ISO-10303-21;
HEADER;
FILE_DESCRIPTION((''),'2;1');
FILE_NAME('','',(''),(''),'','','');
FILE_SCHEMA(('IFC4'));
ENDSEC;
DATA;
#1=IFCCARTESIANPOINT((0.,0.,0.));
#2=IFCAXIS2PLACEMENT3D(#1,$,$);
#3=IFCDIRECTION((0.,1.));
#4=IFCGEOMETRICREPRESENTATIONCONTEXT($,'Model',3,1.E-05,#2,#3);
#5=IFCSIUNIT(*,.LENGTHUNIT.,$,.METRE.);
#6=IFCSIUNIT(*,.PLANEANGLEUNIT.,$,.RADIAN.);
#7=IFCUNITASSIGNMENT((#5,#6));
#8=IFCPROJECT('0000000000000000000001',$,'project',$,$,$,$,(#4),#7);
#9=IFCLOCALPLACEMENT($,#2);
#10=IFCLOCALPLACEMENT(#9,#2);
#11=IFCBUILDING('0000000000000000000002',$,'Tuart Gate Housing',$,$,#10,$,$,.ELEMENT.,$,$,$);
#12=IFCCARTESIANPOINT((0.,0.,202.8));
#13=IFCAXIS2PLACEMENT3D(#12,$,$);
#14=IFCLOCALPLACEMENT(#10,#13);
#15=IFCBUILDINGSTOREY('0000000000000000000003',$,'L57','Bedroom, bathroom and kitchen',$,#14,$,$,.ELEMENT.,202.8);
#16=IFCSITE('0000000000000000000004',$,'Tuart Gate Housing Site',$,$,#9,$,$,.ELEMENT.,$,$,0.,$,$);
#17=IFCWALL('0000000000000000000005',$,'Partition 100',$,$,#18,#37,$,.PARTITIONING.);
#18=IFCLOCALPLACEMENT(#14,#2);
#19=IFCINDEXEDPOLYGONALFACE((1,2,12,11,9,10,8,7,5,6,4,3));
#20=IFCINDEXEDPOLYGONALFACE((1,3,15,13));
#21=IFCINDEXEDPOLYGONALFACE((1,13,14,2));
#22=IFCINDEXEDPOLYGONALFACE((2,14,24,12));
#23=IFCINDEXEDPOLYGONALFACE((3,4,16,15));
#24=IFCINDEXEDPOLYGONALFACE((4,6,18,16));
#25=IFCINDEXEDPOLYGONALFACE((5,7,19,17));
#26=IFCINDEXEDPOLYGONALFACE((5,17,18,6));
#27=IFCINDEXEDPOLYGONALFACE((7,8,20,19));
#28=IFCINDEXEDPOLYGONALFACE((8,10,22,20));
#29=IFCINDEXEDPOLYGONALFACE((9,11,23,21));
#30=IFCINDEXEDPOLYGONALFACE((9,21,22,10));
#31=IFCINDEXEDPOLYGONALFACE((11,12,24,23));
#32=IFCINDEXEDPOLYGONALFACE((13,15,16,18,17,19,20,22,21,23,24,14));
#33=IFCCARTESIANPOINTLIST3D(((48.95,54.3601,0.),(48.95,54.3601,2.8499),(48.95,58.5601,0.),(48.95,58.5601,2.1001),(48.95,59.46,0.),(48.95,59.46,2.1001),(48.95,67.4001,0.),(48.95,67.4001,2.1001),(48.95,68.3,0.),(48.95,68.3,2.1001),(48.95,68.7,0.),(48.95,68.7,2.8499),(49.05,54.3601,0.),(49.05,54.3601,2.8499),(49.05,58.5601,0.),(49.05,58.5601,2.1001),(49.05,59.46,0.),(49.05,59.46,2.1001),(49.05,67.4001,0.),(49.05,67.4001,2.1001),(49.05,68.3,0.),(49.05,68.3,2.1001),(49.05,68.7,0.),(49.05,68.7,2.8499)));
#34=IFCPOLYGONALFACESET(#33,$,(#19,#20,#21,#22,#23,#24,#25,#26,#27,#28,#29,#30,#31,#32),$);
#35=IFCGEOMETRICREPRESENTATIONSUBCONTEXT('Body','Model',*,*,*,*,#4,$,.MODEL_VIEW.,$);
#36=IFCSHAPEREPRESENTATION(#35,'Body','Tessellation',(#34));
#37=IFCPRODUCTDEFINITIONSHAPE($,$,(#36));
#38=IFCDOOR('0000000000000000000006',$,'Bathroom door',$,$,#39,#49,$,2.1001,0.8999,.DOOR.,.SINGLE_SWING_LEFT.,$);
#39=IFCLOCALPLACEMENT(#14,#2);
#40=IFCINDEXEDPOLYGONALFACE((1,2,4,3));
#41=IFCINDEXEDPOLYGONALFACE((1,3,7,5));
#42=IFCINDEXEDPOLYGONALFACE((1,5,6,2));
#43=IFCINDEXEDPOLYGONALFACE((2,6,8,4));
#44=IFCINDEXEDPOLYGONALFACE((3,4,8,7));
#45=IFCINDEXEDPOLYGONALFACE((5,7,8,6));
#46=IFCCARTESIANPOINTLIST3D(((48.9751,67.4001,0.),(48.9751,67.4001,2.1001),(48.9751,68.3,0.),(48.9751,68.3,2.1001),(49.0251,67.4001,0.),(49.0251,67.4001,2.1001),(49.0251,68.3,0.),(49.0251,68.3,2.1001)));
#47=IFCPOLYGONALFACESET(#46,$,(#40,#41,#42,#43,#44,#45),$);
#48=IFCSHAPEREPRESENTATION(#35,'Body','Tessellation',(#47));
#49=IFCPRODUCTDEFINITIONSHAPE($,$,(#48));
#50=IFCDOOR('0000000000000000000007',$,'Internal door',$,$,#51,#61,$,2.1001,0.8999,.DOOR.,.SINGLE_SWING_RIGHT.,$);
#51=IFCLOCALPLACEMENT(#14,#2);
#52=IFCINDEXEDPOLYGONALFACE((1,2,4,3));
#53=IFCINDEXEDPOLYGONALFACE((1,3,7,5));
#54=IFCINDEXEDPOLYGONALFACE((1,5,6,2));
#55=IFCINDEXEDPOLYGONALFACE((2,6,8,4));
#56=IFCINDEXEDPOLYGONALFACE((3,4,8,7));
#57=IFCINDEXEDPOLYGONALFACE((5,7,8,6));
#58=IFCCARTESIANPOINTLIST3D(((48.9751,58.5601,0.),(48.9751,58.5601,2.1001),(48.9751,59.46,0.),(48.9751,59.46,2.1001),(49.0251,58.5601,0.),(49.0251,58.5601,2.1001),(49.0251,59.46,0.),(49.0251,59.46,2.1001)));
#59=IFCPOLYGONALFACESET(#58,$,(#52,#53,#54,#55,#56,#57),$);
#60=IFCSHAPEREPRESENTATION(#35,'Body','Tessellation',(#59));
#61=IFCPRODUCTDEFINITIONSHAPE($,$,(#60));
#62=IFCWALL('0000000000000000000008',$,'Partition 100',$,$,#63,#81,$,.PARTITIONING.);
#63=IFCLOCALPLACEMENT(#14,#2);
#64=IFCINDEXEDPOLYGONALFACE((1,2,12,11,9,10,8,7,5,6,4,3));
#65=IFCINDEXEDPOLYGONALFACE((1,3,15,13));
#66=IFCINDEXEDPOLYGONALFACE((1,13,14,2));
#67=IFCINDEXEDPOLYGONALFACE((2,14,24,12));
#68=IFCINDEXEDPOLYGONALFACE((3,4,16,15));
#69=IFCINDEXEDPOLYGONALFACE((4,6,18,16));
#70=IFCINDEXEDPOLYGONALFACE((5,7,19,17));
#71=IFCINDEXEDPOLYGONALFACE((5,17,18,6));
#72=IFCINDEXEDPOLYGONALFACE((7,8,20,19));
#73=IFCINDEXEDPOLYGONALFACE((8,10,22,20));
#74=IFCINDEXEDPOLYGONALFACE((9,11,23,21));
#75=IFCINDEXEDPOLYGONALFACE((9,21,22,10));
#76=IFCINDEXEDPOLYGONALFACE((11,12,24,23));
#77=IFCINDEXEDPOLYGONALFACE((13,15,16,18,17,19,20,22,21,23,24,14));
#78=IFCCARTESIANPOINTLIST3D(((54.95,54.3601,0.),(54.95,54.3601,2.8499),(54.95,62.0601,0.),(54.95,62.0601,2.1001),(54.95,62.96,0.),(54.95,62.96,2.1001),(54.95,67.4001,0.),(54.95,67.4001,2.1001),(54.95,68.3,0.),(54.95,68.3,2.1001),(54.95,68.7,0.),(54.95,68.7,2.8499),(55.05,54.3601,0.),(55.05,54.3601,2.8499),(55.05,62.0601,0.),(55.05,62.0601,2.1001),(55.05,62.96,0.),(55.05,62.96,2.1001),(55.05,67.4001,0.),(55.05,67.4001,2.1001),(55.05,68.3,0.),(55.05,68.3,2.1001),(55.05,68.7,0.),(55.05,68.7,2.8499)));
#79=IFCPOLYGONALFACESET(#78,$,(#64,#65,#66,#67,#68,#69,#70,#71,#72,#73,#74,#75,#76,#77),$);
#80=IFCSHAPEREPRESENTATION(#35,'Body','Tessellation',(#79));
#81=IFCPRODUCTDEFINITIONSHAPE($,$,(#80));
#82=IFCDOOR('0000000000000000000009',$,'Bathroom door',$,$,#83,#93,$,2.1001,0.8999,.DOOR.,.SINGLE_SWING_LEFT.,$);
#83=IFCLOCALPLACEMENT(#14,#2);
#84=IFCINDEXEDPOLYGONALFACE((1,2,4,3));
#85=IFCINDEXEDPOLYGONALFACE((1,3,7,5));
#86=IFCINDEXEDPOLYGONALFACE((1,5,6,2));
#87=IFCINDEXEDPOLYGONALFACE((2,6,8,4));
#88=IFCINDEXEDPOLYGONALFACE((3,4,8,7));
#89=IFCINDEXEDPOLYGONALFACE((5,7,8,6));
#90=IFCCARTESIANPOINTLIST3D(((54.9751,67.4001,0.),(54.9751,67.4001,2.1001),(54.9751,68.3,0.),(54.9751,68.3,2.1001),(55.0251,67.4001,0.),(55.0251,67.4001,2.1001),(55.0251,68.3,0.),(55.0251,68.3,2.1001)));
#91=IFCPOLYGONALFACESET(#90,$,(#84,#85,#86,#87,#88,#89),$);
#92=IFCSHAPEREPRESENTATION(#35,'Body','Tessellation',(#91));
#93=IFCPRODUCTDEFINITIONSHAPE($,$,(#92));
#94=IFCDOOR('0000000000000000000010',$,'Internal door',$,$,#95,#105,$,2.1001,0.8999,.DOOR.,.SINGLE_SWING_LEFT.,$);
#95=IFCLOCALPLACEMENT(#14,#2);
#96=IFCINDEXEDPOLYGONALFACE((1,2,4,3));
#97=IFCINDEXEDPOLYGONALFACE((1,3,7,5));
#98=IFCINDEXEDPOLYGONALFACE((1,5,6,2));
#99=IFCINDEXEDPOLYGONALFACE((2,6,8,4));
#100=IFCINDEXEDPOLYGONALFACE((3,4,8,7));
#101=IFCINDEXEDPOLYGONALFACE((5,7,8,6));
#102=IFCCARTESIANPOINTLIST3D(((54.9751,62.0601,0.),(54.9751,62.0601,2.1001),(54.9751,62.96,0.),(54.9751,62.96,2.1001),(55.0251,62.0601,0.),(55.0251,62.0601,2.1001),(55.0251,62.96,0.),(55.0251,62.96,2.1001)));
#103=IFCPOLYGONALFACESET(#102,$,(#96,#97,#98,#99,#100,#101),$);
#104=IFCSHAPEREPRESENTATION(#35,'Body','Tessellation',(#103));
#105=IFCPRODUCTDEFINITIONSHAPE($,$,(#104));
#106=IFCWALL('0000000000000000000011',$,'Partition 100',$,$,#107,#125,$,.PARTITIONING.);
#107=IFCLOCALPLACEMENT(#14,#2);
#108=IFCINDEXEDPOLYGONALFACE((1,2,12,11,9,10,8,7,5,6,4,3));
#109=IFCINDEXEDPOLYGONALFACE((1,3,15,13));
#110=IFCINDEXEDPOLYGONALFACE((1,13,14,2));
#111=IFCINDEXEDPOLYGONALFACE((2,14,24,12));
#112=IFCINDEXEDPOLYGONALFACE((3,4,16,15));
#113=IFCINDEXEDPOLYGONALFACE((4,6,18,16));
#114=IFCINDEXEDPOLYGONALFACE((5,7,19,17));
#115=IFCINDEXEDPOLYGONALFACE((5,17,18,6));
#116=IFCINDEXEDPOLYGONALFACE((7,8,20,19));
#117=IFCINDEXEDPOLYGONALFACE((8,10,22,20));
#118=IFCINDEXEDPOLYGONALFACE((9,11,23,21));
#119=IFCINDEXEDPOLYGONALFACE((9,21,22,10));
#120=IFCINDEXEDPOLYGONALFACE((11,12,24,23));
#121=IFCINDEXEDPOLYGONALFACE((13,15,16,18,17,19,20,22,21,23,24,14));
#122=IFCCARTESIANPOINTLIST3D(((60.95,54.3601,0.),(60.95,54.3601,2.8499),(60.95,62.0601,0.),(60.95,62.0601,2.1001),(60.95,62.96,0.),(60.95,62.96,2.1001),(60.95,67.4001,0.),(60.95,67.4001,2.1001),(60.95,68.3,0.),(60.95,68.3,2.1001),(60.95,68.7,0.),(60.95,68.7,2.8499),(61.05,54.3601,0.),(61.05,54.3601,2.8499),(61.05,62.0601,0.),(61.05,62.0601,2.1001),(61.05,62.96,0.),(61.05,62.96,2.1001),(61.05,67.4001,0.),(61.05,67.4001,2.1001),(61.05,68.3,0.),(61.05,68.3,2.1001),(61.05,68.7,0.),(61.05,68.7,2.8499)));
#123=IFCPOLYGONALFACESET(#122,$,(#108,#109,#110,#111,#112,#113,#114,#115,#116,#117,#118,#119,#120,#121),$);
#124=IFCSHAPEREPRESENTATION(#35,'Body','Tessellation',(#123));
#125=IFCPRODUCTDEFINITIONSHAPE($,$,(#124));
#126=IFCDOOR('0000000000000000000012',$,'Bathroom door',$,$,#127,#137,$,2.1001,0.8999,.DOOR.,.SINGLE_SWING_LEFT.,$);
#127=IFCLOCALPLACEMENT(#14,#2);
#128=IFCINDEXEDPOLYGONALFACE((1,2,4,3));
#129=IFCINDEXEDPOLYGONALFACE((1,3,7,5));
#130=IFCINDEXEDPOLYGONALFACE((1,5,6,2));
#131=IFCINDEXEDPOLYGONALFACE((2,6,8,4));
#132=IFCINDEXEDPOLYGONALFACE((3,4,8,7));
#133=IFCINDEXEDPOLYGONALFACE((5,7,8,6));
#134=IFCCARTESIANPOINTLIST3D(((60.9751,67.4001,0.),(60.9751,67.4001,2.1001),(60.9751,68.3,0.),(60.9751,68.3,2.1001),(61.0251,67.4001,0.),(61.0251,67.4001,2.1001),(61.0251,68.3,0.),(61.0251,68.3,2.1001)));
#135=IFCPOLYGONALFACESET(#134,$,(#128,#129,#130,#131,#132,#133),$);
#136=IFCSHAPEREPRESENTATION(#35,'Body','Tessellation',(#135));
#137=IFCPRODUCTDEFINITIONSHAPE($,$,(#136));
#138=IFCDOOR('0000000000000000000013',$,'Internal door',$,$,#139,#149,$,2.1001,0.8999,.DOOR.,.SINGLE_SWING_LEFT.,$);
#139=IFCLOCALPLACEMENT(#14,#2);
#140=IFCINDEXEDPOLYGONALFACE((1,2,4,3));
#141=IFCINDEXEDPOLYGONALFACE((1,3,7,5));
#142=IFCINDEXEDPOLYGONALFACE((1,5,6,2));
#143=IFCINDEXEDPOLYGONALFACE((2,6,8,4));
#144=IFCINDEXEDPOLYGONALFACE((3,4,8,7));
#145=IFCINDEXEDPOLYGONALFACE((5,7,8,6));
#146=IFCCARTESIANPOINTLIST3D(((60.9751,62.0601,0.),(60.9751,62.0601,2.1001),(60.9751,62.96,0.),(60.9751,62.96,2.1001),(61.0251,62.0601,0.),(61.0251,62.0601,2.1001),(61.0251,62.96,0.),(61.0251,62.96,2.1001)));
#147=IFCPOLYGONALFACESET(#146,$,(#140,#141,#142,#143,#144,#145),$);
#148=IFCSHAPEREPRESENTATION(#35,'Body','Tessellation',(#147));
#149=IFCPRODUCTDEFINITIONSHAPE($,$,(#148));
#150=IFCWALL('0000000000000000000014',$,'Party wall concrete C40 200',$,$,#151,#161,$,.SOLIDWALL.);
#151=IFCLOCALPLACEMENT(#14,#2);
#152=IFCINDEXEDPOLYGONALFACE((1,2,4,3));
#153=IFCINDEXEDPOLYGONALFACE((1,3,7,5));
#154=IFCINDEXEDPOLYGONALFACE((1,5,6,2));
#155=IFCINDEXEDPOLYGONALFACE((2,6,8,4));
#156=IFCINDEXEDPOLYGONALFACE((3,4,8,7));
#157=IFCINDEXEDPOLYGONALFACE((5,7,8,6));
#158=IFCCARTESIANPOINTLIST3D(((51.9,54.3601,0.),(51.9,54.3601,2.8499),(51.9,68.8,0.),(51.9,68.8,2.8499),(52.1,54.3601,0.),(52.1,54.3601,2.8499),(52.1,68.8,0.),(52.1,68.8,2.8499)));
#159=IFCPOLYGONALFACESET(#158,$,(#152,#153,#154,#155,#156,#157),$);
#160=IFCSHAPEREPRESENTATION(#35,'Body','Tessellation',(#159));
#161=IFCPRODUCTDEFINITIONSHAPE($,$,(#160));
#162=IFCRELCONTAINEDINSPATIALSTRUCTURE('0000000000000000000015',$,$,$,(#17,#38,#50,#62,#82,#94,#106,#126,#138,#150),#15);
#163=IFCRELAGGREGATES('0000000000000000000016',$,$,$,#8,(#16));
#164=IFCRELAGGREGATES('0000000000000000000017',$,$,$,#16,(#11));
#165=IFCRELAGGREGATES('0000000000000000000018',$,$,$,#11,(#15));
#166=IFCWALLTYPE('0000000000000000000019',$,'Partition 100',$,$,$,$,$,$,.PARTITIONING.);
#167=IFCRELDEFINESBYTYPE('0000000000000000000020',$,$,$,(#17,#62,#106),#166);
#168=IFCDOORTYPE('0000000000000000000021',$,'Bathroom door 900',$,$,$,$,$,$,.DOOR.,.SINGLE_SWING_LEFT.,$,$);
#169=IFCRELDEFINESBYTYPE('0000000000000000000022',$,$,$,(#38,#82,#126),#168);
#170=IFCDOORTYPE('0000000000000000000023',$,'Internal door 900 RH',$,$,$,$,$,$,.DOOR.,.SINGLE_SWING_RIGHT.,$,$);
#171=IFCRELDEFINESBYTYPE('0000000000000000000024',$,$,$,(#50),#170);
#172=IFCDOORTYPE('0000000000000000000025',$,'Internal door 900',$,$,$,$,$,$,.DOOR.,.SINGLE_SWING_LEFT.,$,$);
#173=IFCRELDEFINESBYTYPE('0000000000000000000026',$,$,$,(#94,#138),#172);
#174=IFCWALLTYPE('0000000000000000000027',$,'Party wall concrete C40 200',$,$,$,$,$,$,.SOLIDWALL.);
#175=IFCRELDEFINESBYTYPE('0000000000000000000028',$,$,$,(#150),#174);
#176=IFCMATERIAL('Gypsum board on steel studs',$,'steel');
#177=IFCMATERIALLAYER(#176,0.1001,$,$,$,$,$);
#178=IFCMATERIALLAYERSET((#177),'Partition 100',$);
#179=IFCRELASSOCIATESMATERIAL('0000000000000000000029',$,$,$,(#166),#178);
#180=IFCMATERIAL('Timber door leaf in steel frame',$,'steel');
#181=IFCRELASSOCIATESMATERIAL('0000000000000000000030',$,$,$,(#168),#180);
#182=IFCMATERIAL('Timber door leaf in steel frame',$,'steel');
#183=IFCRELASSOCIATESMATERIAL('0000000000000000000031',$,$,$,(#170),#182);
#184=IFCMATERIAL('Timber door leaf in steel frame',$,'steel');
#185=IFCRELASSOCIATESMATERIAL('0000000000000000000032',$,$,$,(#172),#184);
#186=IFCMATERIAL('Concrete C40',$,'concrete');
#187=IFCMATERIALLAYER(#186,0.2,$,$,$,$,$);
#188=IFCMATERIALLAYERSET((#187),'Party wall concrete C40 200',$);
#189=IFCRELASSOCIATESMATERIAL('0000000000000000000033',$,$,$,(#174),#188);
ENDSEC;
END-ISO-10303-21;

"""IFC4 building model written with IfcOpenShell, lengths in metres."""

from ifc_helpers import new_model, si_unit, direction, frame, frame_2d, origin, place, context, subcontext, project, spatial, rectangle, extrude, material, layer, layer_set, type_object, element, fill, save


model = new_model("IFC4")

# Units and contexts
model_context = context("Model", 3, precision=1e-05, world=origin(), true_north=direction((0.0, 1.0)))
body_context = subcontext(model_context, "Body", "Model", "MODEL_VIEW")
ifc_project = project(units=[si_unit("LENGTHUNIT", "METRE"), si_unit("PLANEANGLEUNIT", "RADIAN")], contexts=[model_context])

# Site, building, storey
site_placement = place(None, origin())
site = spatial("IfcSite", under=ifc_project, at=site_placement, Name="Tuart Gate Housing Site", CompositionType="ELEMENT", RefElevation=0.0)
building_placement = place(site_placement, origin())
building = spatial("IfcBuilding", under=site, at=building_placement, Name="Tuart Gate Housing", CompositionType="ELEMENT")
storey_placement = place(building_placement, frame((0.0, 0.0, 202.8)))
storey = spatial("IfcBuildingStorey", under=building, at=storey_placement, Name="L57", Description="Bedroom, bathroom and kitchen", CompositionType="ELEMENT", Elevation=202.8)

# Walls, openings, doors
ifc_material_1 = material(Name="Gypsum board on steel studs", Category="steel")
ifc_layer_1 = layer(ifc_material_1, 0.1001)
ifc_layer_set_1 = layer_set([ifc_layer_1], Name="Partition 100")
wall_type_1 = type_object("IfcWallType", Name="Partition 100", PredefinedType="PARTITIONING", material=ifc_layer_set_1)
wall_1_placement = place(storey_placement, frame((49.0, 54.3601, 0.0), z_axis=(0.0, 0.0, 1.0), x_axis=(0.0, 1.0, 0.0)))
wall_1 = element("IfcWall", 1, at=wall_1_placement, inside=storey, type_object=wall_type_1, Name="Partition 100", PredefinedType="PARTITIONING", context=body_context, shape_type="SweptSolid", body=[
    extrude(rectangle(XDim=14.3398, YDim=0.1001, at=frame_2d((7.1699, 0.0))), origin(), (0.0, 0.0, 1.0), 2.8499),
])
opening_1_placement = place(wall_1_placement, frame((4.2, 0.0, 0.0)))
opening_1 = element("IfcOpeningElement", 2, at=opening_1_placement, cuts=wall_1, PredefinedType="OPENING", context=body_context, shape_type="SweptSolid", body=[
    extrude(rectangle(XDim=0.8999, YDim=2.1001, at=frame_2d((0.45, 1.05))), frame((0.0, 0.0601, 0.0), z_axis=(0.0, -1.0, 0.0), x_axis=(1.0, 0.0, 0.0)), (0.0, 0.0, 1.0), 0.1201),
])
opening_2_placement = place(wall_1_placement, frame((13.04, 0.0, 0.0)))
opening_2 = element("IfcOpeningElement", 3, at=opening_2_placement, cuts=wall_1, PredefinedType="OPENING", context=body_context, shape_type="SweptSolid", body=[
    extrude(rectangle(XDim=0.8999, YDim=2.1001, at=frame_2d((0.45, 1.05))), frame((0.0, 0.0601, 0.0), z_axis=(0.0, -1.0, 0.0), x_axis=(1.0, 0.0, 0.0)), (0.0, 0.0, 1.0), 0.1201),
])
ifc_material_2 = material(Name="Timber door leaf in steel frame", Category="steel")
door_type_1 = type_object("IfcDoorType", Name="Bathroom door 900", OperationType="SINGLE_SWING_LEFT", PredefinedType="DOOR", material=ifc_material_2)
door_1_placement = place(opening_2_placement, frame((0.8999, 0.0, 0.0), z_axis=(0.0, 0.0, 1.0), x_axis=(-1.0, 0.0, 0.0)))
door_1 = element("IfcDoor", 4, at=door_1_placement, inside=storey, type_object=door_type_1, Name="Bathroom door", OperationType="SINGLE_SWING_LEFT", OverallHeight=2.1001, OverallWidth=0.8999, PredefinedType="DOOR", context=body_context, shape_type="SweptSolid", body=[
    extrude(rectangle(XDim=0.8999, YDim=2.1001, at=frame_2d((0.45, 1.05))), frame((0.0, 0.0251, 0.0), z_axis=(0.0, -1.0, 0.0), x_axis=(1.0, 0.0, 0.0)), (0.0, 0.0, 1.0), 0.05),
])
fill(opening_2, door_1)
ifc_material_3 = material(Name="Timber door leaf in steel frame", Category="steel")
door_type_2 = type_object("IfcDoorType", Name="Internal door 900 RH", OperationType="SINGLE_SWING_RIGHT", PredefinedType="DOOR", material=ifc_material_3)
door_2_placement = place(opening_1_placement, frame((0.8999, 0.0, 0.0), z_axis=(0.0, 0.0, 1.0), x_axis=(-1.0, 0.0, 0.0)))
door_2 = element("IfcDoor", 5, at=door_2_placement, inside=storey, type_object=door_type_2, Name="Internal door", OperationType="SINGLE_SWING_RIGHT", OverallHeight=2.1001, OverallWidth=0.8999, PredefinedType="DOOR", context=body_context, shape_type="SweptSolid", body=[
    extrude(rectangle(XDim=0.8999, YDim=2.1001, at=frame_2d((0.45, 1.05))), frame((0.0, 0.0251, 0.0), z_axis=(0.0, -1.0, 0.0), x_axis=(1.0, 0.0, 0.0)), (0.0, 0.0, 1.0), 0.05),
])
fill(opening_1, door_2)
wall_2_placement = place(storey_placement, frame((55.0, 54.3601, 0.0), z_axis=(0.0, 0.0, 1.0), x_axis=(0.0, 1.0, 0.0)))
wall_2 = element("IfcWall", 6, at=wall_2_placement, inside=storey, type_object=wall_type_1, Name="Partition 100", PredefinedType="PARTITIONING", context=body_context, shape_type="SweptSolid", body=[
    extrude(rectangle(XDim=14.3398, YDim=0.1001, at=frame_2d((7.1699, 0.0))), origin(), (0.0, 0.0, 1.0), 2.8499),
])
opening_3_placement = place(wall_2_placement, frame((7.7, 0.0, 0.0)))
opening_3 = element("IfcOpeningElement", 7, at=opening_3_placement, cuts=wall_2, PredefinedType="OPENING", context=body_context, shape_type="SweptSolid", body=[
    extrude(rectangle(XDim=0.8999, YDim=2.1001, at=frame_2d((0.45, 1.05))), frame((0.0, 0.0601, 0.0), z_axis=(0.0, -1.0, 0.0), x_axis=(1.0, 0.0, 0.0)), (0.0, 0.0, 1.0), 0.1201),
])
opening_4_placement = place(wall_2_placement, frame((13.04, 0.0, 0.0)))
opening_4 = element("IfcOpeningElement", 8, at=opening_4_placement, cuts=wall_2, PredefinedType="OPENING", context=body_context, shape_type="SweptSolid", body=[
    extrude(rectangle(XDim=0.8999, YDim=2.1001, at=frame_2d((0.45, 1.05))), frame((0.0, 0.0601, 0.0), z_axis=(0.0, -1.0, 0.0), x_axis=(1.0, 0.0, 0.0)), (0.0, 0.0, 1.0), 0.1201),
])
door_3_placement = place(opening_4_placement, frame((0.8999, 0.0, 0.0), z_axis=(0.0, 0.0, 1.0), x_axis=(-1.0, 0.0, 0.0)))
door_3 = element("IfcDoor", 9, at=door_3_placement, inside=storey, type_object=door_type_1, Name="Bathroom door", OperationType="SINGLE_SWING_LEFT", OverallHeight=2.1001, OverallWidth=0.8999, PredefinedType="DOOR", context=body_context, shape_type="SweptSolid", body=[
    extrude(rectangle(XDim=0.8999, YDim=2.1001, at=frame_2d((0.45, 1.05))), frame((0.0, 0.0251, 0.0), z_axis=(0.0, -1.0, 0.0), x_axis=(1.0, 0.0, 0.0)), (0.0, 0.0, 1.0), 0.05),
])
fill(opening_4, door_3)
ifc_material_4 = material(Name="Timber door leaf in steel frame", Category="steel")
door_type_3 = type_object("IfcDoorType", Name="Internal door 900", OperationType="SINGLE_SWING_LEFT", PredefinedType="DOOR", material=ifc_material_4)
door_4_placement = place(opening_3_placement, frame((0.8999, 0.0, 0.0), z_axis=(0.0, 0.0, 1.0), x_axis=(-1.0, 0.0, 0.0)))
door_4 = element("IfcDoor", 10, at=door_4_placement, inside=storey, type_object=door_type_3, Name="Internal door", OperationType="SINGLE_SWING_LEFT", OverallHeight=2.1001, OverallWidth=0.8999, PredefinedType="DOOR", context=body_context, shape_type="SweptSolid", body=[
    extrude(rectangle(XDim=0.8999, YDim=2.1001, at=frame_2d((0.45, 1.05))), frame((0.0, 0.0251, 0.0), z_axis=(0.0, -1.0, 0.0), x_axis=(1.0, 0.0, 0.0)), (0.0, 0.0, 1.0), 0.05),
])
fill(opening_3, door_4)
wall_3_placement = place(storey_placement, frame((61.0, 54.3601, 0.0), z_axis=(0.0, 0.0, 1.0), x_axis=(0.0, 1.0, 0.0)))
wall_3 = element("IfcWall", 11, at=wall_3_placement, inside=storey, type_object=wall_type_1, Name="Partition 100", PredefinedType="PARTITIONING", context=body_context, shape_type="SweptSolid", body=[
    extrude(rectangle(XDim=14.3398, YDim=0.1001, at=frame_2d((7.1699, 0.0))), origin(), (0.0, 0.0, 1.0), 2.8499),
])
opening_5_placement = place(wall_3_placement, frame((7.7, 0.0, 0.0)))
opening_5 = element("IfcOpeningElement", 12, at=opening_5_placement, cuts=wall_3, PredefinedType="OPENING", context=body_context, shape_type="SweptSolid", body=[
    extrude(rectangle(XDim=0.8999, YDim=2.1001, at=frame_2d((0.45, 1.05))), frame((0.0, 0.0601, 0.0), z_axis=(0.0, -1.0, 0.0), x_axis=(1.0, 0.0, 0.0)), (0.0, 0.0, 1.0), 0.1201),
])
opening_6_placement = place(wall_3_placement, frame((13.04, 0.0, 0.0)))
opening_6 = element("IfcOpeningElement", 13, at=opening_6_placement, cuts=wall_3, PredefinedType="OPENING", context=body_context, shape_type="SweptSolid", body=[
    extrude(rectangle(XDim=0.8999, YDim=2.1001, at=frame_2d((0.45, 1.05))), frame((0.0, 0.0601, 0.0), z_axis=(0.0, -1.0, 0.0), x_axis=(1.0, 0.0, 0.0)), (0.0, 0.0, 1.0), 0.1201),
])
door_5_placement = place(opening_6_placement, frame((0.8999, 0.0, 0.0), z_axis=(0.0, 0.0, 1.0), x_axis=(-1.0, 0.0, 0.0)))
door_5 = element("IfcDoor", 14, at=door_5_placement, inside=storey, type_object=door_type_1, Name="Bathroom door", OperationType="SINGLE_SWING_LEFT", OverallHeight=2.1001, OverallWidth=0.8999, PredefinedType="DOOR", context=body_context, shape_type="SweptSolid", body=[
    extrude(rectangle(XDim=0.8999, YDim=2.1001, at=frame_2d((0.45, 1.05))), frame((0.0, 0.0251, 0.0), z_axis=(0.0, -1.0, 0.0), x_axis=(1.0, 0.0, 0.0)), (0.0, 0.0, 1.0), 0.05),
])
fill(opening_6, door_5)
door_6_placement = place(opening_5_placement, frame((0.8999, 0.0, 0.0), z_axis=(0.0, 0.0, 1.0), x_axis=(-1.0, 0.0, 0.0)))
door_6 = element("IfcDoor", 15, at=door_6_placement, inside=storey, type_object=door_type_3, Name="Internal door", OperationType="SINGLE_SWING_LEFT", OverallHeight=2.1001, OverallWidth=0.8999, PredefinedType="DOOR", context=body_context, shape_type="SweptSolid", body=[
    extrude(rectangle(XDim=0.8999, YDim=2.1001, at=frame_2d((0.45, 1.05))), frame((0.0, 0.0251, 0.0), z_axis=(0.0, -1.0, 0.0), x_axis=(1.0, 0.0, 0.0)), (0.0, 0.0, 1.0), 0.05),
])
fill(opening_5, door_6)

# Wall
ifc_material_5 = material(Name="Concrete C40", Category="concrete")
ifc_layer_2 = layer(ifc_material_5, 0.2)
ifc_layer_set_2 = layer_set([ifc_layer_2], Name="Party wall concrete C40 200")
wall_type_2 = type_object("IfcWallType", Name="Party wall concrete C40 200", PredefinedType="SOLIDWALL", material=ifc_layer_set_2)
for number, where, z_axis, x_axis, name in (
    (16, (52.0, 54.3601, 0.0), (0.0, 0.0, 1.0), (0.0, 1.0, 0.0), "Party wall concrete C40 200"),
):
    element("IfcWall", number, at=place(storey_placement, frame(where, z_axis=z_axis, x_axis=x_axis)), inside=storey, type_object=wall_type_2, Name=name, PredefinedType="SOLIDWALL", context=body_context, shape_type="SweptSolid", body=[
        extrude(rectangle(XDim=14.4399, YDim=0.2, at=frame_2d((7.22, 0.0))), origin(), (0.0, 0.0, 1.0), 2.8499),
    ])

save(model, "model.ifc")
